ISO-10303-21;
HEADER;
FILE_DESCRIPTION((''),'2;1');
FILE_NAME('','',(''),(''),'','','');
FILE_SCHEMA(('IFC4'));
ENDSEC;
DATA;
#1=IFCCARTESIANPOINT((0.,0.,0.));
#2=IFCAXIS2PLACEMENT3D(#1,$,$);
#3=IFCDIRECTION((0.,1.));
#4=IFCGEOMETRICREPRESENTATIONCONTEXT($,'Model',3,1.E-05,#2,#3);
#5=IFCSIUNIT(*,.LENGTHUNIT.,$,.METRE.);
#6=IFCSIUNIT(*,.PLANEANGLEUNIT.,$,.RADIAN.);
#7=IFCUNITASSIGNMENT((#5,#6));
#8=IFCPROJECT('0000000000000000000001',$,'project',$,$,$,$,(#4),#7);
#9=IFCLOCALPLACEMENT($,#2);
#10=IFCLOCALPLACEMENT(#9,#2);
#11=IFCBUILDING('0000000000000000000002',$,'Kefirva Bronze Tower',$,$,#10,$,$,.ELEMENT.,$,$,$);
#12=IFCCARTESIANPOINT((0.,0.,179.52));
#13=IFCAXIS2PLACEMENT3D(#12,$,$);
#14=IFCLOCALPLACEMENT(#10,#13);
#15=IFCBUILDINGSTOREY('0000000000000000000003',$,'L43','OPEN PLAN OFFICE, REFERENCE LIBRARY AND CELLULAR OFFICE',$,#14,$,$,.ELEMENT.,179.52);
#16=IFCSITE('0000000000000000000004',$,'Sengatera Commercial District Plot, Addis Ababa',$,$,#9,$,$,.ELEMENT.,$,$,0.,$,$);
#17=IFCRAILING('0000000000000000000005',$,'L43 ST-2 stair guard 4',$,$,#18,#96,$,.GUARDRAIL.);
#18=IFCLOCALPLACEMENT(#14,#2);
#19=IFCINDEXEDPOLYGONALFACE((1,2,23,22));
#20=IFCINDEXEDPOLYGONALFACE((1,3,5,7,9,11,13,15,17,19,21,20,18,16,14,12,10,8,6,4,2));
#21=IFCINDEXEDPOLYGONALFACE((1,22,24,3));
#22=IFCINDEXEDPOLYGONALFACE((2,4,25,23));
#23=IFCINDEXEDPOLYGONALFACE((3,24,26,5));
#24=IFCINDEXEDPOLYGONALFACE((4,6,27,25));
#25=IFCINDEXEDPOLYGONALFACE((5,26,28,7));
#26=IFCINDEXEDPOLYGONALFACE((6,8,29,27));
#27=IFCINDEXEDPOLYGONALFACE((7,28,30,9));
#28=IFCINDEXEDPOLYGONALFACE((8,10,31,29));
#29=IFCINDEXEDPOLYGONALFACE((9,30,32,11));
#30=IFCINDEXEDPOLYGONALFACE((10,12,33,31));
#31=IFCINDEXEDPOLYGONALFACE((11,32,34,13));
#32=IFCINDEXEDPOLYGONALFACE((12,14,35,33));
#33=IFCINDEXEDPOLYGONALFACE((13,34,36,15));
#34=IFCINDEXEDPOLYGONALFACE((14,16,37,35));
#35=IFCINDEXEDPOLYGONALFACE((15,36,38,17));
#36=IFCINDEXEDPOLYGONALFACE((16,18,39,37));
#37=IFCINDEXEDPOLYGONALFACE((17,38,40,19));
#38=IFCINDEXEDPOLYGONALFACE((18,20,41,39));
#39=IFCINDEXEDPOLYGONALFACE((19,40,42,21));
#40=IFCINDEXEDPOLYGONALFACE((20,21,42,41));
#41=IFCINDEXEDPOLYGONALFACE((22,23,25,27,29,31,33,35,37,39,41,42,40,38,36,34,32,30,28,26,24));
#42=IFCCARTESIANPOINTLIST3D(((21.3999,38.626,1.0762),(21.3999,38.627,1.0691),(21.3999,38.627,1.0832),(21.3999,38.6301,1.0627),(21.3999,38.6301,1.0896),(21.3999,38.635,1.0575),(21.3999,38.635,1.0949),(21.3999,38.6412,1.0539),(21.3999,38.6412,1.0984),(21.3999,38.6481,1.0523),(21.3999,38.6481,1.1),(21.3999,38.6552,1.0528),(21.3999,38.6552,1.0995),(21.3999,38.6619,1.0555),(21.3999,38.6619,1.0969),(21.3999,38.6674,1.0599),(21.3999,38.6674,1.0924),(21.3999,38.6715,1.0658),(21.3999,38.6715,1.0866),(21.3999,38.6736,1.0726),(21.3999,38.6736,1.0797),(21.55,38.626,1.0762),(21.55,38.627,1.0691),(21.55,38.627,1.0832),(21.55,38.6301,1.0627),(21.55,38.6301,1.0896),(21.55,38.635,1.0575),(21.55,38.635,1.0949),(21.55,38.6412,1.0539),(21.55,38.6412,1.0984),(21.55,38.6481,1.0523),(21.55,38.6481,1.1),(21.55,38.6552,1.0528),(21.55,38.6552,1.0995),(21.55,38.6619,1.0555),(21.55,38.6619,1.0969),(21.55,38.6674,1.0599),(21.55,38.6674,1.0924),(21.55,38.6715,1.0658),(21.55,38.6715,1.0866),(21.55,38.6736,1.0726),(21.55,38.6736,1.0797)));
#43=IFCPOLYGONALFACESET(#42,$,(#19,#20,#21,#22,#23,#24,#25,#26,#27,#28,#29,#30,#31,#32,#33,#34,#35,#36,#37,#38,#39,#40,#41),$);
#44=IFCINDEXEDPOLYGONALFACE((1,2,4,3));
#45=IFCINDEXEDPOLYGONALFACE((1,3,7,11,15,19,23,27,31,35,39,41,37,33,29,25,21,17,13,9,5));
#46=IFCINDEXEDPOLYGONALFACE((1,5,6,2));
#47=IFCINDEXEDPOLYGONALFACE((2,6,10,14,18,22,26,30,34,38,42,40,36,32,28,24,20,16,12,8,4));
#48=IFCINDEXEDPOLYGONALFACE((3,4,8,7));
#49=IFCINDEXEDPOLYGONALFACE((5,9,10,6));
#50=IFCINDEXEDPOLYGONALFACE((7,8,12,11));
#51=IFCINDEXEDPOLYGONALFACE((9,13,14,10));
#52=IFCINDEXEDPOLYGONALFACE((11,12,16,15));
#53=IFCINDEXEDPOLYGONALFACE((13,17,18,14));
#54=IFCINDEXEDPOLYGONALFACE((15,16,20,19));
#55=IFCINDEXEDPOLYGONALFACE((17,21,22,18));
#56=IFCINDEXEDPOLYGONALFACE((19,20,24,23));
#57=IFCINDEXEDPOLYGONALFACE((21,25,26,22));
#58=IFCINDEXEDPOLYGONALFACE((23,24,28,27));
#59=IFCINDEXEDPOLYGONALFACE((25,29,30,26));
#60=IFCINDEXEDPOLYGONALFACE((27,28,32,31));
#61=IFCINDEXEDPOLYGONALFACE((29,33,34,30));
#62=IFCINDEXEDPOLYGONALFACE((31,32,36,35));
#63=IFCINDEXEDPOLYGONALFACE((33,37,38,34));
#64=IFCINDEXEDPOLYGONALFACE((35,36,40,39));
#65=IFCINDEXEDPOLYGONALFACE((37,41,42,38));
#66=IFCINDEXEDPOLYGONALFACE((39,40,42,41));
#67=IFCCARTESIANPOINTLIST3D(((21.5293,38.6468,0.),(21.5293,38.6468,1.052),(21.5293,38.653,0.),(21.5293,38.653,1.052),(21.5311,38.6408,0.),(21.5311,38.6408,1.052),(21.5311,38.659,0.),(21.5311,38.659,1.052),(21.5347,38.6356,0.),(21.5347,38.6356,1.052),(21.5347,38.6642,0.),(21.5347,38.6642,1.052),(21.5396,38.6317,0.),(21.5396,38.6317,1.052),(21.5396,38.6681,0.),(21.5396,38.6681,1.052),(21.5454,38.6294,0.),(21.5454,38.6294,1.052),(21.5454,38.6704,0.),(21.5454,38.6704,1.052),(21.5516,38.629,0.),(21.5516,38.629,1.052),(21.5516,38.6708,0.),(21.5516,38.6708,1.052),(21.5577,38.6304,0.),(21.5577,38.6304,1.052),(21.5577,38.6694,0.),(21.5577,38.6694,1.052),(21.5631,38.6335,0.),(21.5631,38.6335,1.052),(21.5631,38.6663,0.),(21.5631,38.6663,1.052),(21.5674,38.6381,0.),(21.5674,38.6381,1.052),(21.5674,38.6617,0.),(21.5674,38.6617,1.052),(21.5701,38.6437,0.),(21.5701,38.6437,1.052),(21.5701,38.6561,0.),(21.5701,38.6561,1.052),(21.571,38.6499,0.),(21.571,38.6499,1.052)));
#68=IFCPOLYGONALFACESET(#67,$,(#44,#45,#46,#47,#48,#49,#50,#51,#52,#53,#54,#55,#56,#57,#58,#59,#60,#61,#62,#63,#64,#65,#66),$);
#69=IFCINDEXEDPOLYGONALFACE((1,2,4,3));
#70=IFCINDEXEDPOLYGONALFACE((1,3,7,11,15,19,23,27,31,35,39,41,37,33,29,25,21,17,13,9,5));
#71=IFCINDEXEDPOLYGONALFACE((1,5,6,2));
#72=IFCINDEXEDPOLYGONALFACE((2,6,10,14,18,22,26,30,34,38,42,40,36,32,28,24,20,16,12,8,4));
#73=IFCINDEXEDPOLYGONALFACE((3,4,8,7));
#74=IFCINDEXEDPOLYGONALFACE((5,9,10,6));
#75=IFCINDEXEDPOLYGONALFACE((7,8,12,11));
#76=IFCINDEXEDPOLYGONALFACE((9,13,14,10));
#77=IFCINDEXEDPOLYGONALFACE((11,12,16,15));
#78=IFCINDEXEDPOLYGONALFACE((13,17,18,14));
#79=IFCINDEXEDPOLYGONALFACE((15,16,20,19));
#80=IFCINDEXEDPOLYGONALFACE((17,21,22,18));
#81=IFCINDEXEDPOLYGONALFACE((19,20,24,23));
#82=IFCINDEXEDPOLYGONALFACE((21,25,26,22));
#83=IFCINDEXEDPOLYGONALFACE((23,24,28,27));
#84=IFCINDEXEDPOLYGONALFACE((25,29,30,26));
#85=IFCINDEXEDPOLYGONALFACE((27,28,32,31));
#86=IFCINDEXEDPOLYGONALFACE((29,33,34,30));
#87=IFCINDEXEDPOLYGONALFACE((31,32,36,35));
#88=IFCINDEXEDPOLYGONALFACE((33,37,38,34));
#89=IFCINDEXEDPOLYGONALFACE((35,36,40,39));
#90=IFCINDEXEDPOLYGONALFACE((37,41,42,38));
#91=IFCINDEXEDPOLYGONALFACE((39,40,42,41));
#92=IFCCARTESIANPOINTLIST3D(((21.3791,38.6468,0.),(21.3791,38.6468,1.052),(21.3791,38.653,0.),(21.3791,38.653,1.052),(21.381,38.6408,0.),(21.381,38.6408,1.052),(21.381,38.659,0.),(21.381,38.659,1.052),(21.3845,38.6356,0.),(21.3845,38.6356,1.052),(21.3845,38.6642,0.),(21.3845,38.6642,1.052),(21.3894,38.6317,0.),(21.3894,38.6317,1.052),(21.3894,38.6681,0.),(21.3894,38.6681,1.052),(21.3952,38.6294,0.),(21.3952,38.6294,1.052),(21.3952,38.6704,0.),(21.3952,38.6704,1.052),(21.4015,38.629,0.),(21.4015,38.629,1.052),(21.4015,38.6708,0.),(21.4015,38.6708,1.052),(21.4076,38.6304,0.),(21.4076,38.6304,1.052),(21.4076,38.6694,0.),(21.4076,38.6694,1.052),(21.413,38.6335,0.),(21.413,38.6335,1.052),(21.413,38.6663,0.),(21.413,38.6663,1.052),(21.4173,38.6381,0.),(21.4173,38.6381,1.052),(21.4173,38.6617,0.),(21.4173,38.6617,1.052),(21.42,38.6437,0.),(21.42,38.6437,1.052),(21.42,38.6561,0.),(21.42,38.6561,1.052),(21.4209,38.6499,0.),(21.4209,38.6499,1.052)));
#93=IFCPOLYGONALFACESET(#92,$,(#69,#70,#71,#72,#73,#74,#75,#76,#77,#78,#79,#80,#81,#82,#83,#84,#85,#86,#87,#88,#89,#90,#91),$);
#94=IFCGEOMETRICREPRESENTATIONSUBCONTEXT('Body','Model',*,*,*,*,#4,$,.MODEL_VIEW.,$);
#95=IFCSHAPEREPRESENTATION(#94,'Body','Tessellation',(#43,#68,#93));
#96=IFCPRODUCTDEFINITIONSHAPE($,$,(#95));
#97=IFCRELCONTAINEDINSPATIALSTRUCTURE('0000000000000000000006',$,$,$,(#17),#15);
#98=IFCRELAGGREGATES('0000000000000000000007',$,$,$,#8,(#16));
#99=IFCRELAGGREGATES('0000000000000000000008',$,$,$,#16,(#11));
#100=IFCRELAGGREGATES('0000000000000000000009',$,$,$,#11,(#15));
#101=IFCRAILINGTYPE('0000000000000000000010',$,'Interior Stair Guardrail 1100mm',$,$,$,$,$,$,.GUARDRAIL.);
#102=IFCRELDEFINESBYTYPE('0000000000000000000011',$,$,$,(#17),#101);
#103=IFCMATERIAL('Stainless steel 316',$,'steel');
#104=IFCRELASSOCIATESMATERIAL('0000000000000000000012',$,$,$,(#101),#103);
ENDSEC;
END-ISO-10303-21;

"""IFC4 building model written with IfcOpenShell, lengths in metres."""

from ifc_helpers import new_model, si_unit, direction, frame, origin, origin_2d, place, context, subcontext, project, spatial, circle, extrude, material, type_object, element, save


model = new_model("IFC4")

# Units and contexts
model_context = context("Model", 3, precision=1e-05, world=origin(), true_north=direction((0.0, 1.0)))
body_context = subcontext(model_context, "Body", "Model", "MODEL_VIEW")
ifc_project = project(units=[si_unit("LENGTHUNIT", "METRE"), si_unit("PLANEANGLEUNIT", "RADIAN")], contexts=[model_context])

# Site, building, storey
site_placement = place(None, origin())
site = spatial("IfcSite", under=ifc_project, at=site_placement, Name="Sengatera Commercial District Plot, Addis Ababa", CompositionType="ELEMENT", RefElevation=0.0)
building_placement = place(site_placement, origin())
building = spatial("IfcBuilding", under=site, at=building_placement, Name="Kefirva Bronze Tower", CompositionType="ELEMENT")
storey_placement = place(building_placement, frame((0.0, 0.0, 179.52)))
storey = spatial("IfcBuildingStorey", under=building, at=storey_placement, Name="L43", Description="OPEN PLAN OFFICE, REFERENCE LIBRARY AND CELLULAR OFFICE", CompositionType="ELEMENT", Elevation=179.52)

# Railing
ifc_material_1 = material(Name="Stainless steel 316", Category="steel")
railing_type_1 = type_object("IfcRailingType", Name="Interior Stair Guardrail 1100mm", PredefinedType="GUARDRAIL", material=ifc_material_1)
railing_1_placement = place(storey_placement, frame((21.55, 38.6499, 0.0)))
element("IfcRailing", 1, at=railing_1_placement, inside=storey, type_object=railing_type_1, Name="L43 ST-2 stair guard 4", PredefinedType="GUARDRAIL", context=body_context, shape_type="SweptSolid", body=[
    extrude(circle(Radius=0.0239, at=origin_2d()), frame((0.0, 0.0, 1.0762), z_axis=(-1.0, 0.0, 0.0), x_axis=(0.0, -1.0, 0.0)), (0.0, 0.0, 1.0), 0.1501),
    extrude(circle(Radius=0.021, at=origin_2d()), origin(), (0.0, 0.0, 1.0), 1.052),
    extrude(circle(Radius=0.021, at=origin_2d()), frame((-0.1501, 0.0, 0.0)), (0.0, 0.0, 1.0), 1.052),
])

save(model, "model.ifc")
